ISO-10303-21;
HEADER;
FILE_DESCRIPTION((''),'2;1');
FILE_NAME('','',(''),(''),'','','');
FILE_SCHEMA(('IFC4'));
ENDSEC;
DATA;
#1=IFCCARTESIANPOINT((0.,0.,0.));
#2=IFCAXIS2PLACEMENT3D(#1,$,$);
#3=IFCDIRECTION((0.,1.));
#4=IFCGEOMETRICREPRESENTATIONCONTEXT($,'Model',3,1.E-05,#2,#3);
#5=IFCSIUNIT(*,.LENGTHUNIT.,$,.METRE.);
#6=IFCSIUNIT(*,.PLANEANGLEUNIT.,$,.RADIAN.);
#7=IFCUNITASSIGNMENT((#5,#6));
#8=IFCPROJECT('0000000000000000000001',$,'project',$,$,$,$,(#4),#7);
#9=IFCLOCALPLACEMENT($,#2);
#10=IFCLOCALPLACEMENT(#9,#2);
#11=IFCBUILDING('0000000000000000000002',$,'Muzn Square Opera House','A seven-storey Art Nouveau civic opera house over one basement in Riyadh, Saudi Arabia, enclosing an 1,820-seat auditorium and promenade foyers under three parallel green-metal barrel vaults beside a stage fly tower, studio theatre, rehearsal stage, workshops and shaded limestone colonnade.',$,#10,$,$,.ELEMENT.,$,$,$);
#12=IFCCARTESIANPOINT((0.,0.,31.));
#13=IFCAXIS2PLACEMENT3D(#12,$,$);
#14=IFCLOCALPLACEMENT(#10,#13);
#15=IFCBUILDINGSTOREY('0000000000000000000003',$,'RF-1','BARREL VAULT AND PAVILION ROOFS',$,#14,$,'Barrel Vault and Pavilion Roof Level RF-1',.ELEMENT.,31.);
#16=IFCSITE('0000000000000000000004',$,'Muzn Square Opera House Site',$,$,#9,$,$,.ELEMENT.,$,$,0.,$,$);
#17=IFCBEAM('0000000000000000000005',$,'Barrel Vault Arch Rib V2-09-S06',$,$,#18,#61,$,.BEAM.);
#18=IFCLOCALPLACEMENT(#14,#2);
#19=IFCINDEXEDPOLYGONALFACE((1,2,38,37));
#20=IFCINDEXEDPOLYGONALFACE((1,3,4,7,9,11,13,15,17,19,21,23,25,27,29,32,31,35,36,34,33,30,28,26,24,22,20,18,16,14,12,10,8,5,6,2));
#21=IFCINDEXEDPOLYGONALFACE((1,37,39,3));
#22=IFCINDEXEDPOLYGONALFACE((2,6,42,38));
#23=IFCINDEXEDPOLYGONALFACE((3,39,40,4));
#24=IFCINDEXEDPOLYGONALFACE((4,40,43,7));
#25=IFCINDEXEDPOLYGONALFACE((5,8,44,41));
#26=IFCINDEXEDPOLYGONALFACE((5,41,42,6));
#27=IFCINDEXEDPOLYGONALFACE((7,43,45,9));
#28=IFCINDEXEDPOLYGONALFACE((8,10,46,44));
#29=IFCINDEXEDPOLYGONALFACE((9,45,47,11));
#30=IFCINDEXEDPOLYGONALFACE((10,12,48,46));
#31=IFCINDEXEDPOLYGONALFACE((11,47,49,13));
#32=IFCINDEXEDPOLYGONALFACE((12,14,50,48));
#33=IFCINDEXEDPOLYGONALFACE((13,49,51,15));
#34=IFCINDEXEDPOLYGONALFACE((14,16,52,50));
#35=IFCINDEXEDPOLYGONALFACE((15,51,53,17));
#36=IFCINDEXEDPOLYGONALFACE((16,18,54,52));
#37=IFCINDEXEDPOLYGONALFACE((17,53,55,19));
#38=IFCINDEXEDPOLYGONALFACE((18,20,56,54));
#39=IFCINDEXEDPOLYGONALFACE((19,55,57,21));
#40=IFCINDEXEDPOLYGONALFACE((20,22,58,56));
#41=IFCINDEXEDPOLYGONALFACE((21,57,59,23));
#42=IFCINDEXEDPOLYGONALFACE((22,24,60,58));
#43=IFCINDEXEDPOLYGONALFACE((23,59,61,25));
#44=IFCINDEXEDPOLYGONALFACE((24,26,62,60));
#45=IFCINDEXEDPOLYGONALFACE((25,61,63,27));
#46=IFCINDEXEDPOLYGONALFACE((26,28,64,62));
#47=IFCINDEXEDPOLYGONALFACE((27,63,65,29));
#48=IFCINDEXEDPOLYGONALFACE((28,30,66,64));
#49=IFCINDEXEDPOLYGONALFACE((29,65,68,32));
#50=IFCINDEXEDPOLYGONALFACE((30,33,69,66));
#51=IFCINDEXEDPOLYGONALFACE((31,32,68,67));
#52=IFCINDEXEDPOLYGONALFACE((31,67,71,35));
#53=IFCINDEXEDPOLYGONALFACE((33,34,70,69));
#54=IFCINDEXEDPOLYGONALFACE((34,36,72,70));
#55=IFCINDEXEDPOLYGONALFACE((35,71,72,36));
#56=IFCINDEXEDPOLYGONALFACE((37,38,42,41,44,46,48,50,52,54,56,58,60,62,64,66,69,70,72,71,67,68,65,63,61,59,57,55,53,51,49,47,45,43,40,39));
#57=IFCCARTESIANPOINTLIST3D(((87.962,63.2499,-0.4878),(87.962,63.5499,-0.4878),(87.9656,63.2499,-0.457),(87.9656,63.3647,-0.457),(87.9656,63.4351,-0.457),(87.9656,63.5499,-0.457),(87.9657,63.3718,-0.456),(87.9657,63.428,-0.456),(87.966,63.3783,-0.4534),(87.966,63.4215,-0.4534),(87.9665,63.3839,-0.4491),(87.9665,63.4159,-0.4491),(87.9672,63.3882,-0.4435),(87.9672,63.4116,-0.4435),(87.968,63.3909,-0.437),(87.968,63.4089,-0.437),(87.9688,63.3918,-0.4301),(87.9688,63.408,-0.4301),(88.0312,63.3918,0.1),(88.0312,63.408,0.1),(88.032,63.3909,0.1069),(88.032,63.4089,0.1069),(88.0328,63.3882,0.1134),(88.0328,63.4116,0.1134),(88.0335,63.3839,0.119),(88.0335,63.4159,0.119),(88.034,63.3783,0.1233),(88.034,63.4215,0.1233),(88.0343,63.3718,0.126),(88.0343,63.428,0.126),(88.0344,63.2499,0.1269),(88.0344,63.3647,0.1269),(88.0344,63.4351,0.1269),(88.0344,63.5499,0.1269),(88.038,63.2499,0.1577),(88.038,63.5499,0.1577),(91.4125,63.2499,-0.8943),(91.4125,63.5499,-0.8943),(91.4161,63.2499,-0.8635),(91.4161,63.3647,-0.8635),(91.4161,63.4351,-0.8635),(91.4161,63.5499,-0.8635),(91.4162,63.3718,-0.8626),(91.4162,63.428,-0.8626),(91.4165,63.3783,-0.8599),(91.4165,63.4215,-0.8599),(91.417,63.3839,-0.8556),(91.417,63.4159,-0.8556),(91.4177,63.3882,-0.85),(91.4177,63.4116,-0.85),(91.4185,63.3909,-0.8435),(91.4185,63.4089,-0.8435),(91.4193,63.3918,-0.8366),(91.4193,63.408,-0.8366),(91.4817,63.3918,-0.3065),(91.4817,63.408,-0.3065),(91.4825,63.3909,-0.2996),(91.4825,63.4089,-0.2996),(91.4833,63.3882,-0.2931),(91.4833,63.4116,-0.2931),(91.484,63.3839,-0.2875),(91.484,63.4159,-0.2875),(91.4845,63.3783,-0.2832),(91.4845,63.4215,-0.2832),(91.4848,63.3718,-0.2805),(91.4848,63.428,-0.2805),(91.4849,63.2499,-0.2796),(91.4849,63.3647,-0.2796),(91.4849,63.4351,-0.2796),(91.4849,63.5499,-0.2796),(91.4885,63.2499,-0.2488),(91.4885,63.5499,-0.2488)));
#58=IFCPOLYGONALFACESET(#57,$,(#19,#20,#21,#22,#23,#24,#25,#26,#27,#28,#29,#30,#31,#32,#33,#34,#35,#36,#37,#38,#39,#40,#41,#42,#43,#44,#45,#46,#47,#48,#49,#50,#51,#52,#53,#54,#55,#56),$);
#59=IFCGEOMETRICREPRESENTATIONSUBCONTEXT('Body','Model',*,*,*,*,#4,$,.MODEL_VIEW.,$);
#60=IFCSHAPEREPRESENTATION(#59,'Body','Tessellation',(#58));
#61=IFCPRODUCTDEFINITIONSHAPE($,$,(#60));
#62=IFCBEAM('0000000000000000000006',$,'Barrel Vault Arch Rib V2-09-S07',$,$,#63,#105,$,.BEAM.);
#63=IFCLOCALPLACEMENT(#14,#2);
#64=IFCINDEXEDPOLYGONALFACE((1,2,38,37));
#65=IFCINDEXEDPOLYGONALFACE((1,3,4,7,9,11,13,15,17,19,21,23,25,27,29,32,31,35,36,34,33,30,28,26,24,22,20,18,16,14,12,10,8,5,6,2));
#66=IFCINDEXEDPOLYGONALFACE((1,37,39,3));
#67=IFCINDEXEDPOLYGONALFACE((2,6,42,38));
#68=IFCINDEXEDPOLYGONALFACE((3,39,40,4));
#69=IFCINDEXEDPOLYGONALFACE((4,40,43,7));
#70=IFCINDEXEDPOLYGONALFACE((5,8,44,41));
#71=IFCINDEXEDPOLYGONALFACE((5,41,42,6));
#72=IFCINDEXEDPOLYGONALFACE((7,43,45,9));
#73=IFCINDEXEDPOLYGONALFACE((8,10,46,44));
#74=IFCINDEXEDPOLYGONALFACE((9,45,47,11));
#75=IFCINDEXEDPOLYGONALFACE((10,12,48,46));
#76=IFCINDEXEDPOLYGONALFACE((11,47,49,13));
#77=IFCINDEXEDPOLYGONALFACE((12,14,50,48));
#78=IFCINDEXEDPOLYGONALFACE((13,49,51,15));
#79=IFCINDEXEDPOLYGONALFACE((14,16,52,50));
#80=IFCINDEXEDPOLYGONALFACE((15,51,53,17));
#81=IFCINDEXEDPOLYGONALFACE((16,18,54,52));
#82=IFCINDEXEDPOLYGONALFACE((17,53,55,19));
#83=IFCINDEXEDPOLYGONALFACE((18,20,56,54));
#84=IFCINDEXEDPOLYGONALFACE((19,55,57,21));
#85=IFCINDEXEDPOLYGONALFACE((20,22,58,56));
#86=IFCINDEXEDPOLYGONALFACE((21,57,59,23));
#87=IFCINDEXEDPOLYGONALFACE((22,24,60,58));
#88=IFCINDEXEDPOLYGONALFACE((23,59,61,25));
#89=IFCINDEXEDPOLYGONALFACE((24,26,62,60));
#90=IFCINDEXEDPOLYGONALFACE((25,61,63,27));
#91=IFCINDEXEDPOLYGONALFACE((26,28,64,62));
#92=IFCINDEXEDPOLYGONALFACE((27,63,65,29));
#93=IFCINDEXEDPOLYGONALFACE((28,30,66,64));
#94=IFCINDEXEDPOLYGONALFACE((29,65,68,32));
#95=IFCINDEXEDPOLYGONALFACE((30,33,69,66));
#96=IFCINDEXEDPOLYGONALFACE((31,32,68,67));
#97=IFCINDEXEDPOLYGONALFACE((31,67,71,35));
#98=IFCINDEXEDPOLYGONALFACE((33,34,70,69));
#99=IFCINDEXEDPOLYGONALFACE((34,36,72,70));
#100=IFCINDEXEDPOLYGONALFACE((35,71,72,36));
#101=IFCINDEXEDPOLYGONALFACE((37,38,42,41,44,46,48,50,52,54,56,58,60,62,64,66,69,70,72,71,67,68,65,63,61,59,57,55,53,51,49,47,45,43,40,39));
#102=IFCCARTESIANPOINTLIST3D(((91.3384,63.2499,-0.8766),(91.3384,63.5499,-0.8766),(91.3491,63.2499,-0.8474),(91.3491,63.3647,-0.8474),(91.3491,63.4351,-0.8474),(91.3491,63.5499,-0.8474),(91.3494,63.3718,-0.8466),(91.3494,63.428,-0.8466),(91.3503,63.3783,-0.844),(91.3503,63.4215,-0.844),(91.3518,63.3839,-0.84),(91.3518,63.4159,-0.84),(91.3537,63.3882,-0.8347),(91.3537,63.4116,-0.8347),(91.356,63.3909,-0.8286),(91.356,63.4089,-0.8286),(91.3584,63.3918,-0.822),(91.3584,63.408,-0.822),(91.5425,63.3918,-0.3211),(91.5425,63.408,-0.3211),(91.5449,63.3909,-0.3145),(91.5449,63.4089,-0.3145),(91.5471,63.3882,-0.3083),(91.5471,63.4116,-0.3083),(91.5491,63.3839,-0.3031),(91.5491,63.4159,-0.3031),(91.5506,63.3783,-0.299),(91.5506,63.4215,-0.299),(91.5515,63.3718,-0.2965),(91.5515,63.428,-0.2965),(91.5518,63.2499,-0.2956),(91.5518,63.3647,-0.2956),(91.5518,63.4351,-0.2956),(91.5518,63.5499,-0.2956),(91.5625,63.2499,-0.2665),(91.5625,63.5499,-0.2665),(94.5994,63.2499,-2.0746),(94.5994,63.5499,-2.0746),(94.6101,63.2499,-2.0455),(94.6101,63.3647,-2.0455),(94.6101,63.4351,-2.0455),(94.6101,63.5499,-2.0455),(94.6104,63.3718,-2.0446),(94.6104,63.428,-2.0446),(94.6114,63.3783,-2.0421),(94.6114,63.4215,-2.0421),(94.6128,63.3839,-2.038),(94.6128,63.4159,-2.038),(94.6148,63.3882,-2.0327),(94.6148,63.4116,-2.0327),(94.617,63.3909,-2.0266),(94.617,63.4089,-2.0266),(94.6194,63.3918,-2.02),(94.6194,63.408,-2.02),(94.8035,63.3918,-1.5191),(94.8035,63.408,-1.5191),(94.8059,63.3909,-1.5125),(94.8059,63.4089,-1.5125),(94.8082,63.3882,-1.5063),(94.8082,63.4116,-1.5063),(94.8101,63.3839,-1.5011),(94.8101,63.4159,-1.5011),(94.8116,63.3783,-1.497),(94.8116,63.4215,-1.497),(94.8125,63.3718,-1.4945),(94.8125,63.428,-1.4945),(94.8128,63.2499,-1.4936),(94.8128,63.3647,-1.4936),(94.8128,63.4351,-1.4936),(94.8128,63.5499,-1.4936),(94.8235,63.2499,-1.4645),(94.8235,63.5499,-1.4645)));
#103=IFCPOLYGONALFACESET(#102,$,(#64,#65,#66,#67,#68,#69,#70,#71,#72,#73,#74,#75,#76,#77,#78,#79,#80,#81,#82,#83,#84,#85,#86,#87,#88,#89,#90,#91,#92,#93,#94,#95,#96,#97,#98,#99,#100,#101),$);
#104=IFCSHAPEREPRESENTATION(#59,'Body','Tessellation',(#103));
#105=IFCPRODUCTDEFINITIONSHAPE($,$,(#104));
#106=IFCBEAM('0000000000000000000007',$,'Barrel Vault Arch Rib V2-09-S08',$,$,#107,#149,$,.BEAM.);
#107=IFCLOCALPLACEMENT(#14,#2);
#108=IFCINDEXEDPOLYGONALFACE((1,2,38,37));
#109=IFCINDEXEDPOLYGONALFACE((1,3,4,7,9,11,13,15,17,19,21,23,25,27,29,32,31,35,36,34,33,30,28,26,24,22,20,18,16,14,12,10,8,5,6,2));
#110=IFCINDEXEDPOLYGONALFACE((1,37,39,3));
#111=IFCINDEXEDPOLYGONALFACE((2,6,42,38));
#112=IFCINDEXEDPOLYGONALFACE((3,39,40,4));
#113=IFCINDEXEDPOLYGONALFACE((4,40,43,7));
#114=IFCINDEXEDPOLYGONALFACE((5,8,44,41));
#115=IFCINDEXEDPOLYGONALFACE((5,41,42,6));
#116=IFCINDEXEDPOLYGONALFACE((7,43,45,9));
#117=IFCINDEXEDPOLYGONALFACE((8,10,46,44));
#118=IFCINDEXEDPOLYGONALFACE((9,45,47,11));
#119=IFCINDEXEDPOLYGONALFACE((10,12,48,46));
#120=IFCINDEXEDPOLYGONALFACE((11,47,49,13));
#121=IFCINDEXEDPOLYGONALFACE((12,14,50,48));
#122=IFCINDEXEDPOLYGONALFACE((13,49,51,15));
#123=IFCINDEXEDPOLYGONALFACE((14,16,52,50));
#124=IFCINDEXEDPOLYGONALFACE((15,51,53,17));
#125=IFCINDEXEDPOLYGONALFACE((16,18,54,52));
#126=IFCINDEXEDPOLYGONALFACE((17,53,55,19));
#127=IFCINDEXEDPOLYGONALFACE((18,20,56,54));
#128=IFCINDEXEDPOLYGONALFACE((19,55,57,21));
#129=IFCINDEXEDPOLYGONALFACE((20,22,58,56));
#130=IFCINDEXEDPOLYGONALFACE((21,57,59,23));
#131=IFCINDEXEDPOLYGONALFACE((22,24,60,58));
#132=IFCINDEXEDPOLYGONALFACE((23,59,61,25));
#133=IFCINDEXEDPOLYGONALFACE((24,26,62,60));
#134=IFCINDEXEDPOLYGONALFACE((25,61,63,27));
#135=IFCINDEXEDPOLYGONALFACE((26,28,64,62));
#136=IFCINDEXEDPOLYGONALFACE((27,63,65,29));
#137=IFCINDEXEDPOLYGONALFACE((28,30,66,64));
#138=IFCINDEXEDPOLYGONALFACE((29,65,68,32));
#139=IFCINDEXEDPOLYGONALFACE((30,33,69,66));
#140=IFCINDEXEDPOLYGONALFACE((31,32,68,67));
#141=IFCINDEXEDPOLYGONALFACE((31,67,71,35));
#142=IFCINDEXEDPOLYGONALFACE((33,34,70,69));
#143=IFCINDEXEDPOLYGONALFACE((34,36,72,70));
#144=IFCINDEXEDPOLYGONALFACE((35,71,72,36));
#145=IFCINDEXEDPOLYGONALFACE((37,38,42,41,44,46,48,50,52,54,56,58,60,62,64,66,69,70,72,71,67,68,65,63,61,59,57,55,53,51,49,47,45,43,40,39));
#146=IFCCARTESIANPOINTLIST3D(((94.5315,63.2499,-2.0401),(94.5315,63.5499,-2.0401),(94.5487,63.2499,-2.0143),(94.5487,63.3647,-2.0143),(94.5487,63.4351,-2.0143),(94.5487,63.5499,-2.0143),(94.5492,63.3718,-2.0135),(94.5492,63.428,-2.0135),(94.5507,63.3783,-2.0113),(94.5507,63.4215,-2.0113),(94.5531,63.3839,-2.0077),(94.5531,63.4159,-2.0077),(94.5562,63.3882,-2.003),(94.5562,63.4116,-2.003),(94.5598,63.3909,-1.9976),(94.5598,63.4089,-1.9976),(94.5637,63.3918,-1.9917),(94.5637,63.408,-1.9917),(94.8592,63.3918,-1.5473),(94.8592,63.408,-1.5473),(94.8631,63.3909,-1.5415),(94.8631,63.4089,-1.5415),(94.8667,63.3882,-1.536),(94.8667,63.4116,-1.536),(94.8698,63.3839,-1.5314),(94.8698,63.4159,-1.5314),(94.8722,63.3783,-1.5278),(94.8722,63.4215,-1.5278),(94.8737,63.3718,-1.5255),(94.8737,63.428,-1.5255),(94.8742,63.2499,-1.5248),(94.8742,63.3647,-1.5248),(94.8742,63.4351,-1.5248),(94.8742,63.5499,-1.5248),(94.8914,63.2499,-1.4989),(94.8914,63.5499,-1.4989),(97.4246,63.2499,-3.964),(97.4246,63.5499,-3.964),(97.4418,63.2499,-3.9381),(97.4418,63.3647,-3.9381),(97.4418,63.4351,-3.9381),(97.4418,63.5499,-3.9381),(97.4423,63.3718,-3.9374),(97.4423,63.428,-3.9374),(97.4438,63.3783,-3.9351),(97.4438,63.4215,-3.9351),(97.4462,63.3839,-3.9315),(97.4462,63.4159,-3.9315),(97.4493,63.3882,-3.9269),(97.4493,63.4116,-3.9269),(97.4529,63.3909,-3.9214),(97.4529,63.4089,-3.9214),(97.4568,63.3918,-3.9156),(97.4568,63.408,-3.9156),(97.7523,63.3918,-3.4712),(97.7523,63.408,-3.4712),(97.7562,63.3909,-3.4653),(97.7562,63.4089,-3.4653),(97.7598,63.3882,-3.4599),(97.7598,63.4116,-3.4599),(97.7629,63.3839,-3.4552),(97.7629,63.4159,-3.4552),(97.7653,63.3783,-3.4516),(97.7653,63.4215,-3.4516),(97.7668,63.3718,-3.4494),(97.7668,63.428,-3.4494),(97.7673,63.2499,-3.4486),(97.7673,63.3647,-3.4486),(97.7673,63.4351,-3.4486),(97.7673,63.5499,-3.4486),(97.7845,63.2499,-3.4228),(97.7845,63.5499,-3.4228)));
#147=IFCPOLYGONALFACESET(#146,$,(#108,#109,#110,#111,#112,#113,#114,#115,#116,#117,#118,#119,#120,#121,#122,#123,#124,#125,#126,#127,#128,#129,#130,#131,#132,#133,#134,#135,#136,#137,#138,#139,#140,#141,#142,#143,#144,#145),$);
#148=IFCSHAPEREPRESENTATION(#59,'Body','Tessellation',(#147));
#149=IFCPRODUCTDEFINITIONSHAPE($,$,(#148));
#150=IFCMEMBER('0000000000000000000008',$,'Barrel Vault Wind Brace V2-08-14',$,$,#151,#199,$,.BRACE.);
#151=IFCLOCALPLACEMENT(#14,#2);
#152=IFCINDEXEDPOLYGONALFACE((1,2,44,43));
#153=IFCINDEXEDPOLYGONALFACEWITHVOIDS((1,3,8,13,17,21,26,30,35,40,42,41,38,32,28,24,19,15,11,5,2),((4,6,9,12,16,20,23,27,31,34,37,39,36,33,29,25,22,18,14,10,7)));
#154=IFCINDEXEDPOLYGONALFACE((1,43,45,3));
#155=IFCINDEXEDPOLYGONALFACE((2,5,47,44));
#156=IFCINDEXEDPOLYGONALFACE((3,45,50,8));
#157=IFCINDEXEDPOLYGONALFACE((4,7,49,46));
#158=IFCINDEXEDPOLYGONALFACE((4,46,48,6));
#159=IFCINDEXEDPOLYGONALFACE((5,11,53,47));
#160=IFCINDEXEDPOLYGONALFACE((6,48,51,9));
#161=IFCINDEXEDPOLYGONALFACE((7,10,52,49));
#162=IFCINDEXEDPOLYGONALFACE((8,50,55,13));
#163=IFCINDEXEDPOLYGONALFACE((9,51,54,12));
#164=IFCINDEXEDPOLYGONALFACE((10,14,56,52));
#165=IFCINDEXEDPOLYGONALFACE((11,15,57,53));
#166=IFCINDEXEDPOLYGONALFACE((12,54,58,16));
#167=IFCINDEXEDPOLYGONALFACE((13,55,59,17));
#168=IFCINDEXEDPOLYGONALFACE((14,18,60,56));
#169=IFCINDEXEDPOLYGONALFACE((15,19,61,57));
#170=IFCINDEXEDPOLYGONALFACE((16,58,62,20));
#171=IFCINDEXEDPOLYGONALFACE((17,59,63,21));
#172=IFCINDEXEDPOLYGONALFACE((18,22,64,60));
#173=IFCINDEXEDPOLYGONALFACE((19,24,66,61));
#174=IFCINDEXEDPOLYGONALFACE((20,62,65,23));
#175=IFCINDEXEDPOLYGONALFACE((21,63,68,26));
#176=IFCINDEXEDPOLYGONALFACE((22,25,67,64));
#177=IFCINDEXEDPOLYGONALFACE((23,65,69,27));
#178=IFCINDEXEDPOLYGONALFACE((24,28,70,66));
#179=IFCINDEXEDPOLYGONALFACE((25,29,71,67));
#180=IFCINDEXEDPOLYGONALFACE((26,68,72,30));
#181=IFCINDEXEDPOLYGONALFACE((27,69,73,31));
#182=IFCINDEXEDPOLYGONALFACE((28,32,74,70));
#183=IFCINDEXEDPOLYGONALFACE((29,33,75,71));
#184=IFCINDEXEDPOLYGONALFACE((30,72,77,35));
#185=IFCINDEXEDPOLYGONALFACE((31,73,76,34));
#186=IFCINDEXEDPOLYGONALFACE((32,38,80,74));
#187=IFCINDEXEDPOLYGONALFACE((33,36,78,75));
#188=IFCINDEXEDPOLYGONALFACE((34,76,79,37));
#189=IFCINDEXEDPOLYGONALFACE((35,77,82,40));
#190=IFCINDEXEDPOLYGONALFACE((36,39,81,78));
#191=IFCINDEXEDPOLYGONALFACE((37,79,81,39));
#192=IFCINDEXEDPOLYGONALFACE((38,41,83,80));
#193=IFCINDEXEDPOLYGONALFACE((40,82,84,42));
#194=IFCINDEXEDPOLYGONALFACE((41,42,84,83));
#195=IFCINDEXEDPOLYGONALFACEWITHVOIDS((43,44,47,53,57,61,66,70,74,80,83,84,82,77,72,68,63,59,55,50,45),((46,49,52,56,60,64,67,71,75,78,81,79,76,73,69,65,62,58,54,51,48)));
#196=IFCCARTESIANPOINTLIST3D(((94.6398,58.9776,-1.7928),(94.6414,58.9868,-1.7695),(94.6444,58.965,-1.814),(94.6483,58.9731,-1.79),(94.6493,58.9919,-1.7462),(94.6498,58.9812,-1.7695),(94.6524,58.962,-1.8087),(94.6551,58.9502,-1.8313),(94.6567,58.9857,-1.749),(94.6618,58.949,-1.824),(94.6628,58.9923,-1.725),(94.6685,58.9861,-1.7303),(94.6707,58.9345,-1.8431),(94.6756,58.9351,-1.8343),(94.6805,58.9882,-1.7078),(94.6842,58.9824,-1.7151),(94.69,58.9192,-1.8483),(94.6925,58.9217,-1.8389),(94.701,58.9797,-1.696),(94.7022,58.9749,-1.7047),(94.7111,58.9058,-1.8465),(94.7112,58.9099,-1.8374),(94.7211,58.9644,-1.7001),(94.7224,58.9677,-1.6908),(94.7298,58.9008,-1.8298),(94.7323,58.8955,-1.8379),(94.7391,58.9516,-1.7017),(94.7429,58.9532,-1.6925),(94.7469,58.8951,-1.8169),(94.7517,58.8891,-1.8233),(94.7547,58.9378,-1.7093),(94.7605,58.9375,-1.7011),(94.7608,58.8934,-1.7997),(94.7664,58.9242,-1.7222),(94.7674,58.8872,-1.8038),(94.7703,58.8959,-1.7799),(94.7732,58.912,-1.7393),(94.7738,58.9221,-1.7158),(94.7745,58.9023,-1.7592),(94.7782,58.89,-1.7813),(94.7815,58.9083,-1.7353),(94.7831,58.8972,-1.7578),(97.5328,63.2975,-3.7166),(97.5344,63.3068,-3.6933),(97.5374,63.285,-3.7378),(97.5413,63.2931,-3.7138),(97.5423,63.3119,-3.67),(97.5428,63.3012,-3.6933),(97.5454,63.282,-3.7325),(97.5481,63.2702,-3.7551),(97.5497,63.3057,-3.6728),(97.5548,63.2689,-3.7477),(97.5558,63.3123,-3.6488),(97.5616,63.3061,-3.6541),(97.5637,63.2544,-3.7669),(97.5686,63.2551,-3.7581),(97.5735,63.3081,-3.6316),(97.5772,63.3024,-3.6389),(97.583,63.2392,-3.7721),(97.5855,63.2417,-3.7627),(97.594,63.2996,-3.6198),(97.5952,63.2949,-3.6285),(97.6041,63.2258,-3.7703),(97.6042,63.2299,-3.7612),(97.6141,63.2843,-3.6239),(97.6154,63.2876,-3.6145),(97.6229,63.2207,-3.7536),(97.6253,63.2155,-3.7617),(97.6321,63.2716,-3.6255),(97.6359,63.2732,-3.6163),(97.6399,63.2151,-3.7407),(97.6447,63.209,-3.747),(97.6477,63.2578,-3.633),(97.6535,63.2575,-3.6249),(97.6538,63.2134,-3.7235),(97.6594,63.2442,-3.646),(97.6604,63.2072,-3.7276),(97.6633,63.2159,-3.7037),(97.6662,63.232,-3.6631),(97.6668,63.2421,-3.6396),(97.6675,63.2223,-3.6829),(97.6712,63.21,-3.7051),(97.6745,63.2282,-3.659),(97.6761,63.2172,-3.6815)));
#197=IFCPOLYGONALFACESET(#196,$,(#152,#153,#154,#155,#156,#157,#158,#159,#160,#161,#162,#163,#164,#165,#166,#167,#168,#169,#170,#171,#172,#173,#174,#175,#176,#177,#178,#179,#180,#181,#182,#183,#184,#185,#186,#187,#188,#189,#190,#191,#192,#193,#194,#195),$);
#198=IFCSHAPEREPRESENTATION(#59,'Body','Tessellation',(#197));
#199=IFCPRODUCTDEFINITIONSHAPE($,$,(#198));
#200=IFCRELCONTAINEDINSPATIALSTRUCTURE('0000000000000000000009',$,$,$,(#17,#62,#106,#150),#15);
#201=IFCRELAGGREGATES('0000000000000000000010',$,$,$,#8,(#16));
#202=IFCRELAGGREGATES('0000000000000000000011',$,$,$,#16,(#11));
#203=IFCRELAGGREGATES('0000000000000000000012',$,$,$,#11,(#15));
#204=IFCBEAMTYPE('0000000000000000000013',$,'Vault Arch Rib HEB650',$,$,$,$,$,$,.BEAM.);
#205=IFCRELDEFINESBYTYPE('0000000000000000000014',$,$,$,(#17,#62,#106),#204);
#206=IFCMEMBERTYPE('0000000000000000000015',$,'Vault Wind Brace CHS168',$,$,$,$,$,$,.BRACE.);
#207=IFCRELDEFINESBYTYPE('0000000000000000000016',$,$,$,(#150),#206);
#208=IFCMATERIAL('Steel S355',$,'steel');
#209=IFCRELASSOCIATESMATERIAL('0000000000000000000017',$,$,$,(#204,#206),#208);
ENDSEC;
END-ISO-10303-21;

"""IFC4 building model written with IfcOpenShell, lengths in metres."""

from ifc_helpers import new_model, si_unit, direction, frame, origin, origin_2d, place, context, subcontext, project, spatial, hollow_circle, i_section, extrude, material, material_profile, profile_set, type_object, element, save


model = new_model("IFC4")

# Units and contexts
model_context = context("Model", 3, precision=1e-05, world=origin(), true_north=direction((0.0, 1.0)))
body_context = subcontext(model_context, "Body", "Model", "MODEL_VIEW")
ifc_project = project(units=[si_unit("LENGTHUNIT", "METRE"), si_unit("PLANEANGLEUNIT", "RADIAN")], contexts=[model_context])

# Site, building, storey
site_placement = place(None, origin())
site = spatial("IfcSite", under=ifc_project, at=site_placement, Name="Muzn Square Opera House Site", CompositionType="ELEMENT", RefElevation=0.0)
building_placement = place(site_placement, origin())
building = spatial("IfcBuilding", under=site, at=building_placement, Name="Muzn Square Opera House", Description="A seven-storey Art Nouveau civic opera house over one basement in Riyadh, Saudi Arabia, enclosing an 1,820-seat auditorium and promenade foyers under three parallel green-metal barrel vaults beside a stage fly tower, studio theatre, rehearsal stage, workshops and shaded limestone colonnade.", CompositionType="ELEMENT")
storey_placement = place(building_placement, frame((0.0, 0.0, 31.0)))
storey = spatial("IfcBuildingStorey", under=building, at=storey_placement, Name="RF-1", Description="BARREL VAULT AND PAVILION ROOFS", LongName="Barrel Vault and Pavilion Roof Level RF-1", CompositionType="ELEMENT", Elevation=31.0)

# Beams
ifc_material_1 = material(Name="Steel S355", Category="steel")
ifc_material_profile_1 = material_profile(ifc_material_1, i_section(OverallWidth=0.3, OverallDepth=0.6499, WebThickness=0.0161, FlangeThickness=0.031, FilletRadius=0.0271, at=origin_2d()), Name="HEB 650", Category="steel")
ifc_profile_set_1 = profile_set([ifc_material_profile_1], Name="Steel S355")
beam_type_1 = type_object("IfcBeamType", Name="Vault Arch Rib HEB650", PredefinedType="BEAM", material=ifc_profile_set_1)
for number, where, z_axis, x_axis, name in (
    (1, (88.0, 63.3999, -0.165), (0.993132, 0.0, -0.117), (0.0, 1.0, 0.0), "Barrel Vault Arch Rib V2-09-S06"),
):
    element("IfcBeam", number, at=place(storey_placement, frame(where, z_axis=z_axis, x_axis=x_axis)), inside=storey, type_object=beam_type_1, Name=name, PredefinedType="BEAM", context=body_context, shape_type="SweptSolid", body=[
        extrude(i_section(OverallWidth=0.3, OverallDepth=0.6499, WebThickness=0.0161, FlangeThickness=0.031, FilletRadius=0.0271, at=origin_2d()), origin(), (0.0, 0.0, 1.0), 3.4744),
    ])
beam_1_placement = place(storey_placement, frame((91.4504, 63.3999, -0.5715), z_axis=(0.938662, 0.0, -0.344839), x_axis=(0.0, 1.0, 0.0)))
element("IfcBeam", 2, at=beam_1_placement, inside=storey, type_object=beam_type_1, Name="Barrel Vault Arch Rib V2-09-S07", PredefinedType="BEAM", context=body_context, shape_type="SweptSolid", body=[
    extrude(i_section(OverallWidth=0.3, OverallDepth=0.6499, WebThickness=0.0161, FlangeThickness=0.031, FilletRadius=0.0271, at=origin_2d()), origin(), (0.0, 0.0, 1.0), 3.4741),
])
beam_2_placement = place(storey_placement, frame((94.7114, 63.3999, -1.7695), z_axis=(0.832698, 0.0, -0.553727), x_axis=(0.0, 1.0, 0.0)))
element("IfcBeam", 3, at=beam_2_placement, inside=storey, type_object=beam_type_1, Name="Barrel Vault Arch Rib V2-09-S08", PredefinedType="BEAM", context=body_context, shape_type="SweptSolid", body=[
    extrude(i_section(OverallWidth=0.3, OverallDepth=0.6499, WebThickness=0.0161, FlangeThickness=0.031, FilletRadius=0.0271, at=origin_2d()), origin(), (0.0, 0.0, 1.0), 3.4744),
])

# Member
ifc_material_profile_2 = material_profile(ifc_material_1, hollow_circle(Radius=0.0842, WallThickness=0.01, at=origin_2d()), Name="CHS 168.3x10", Category="steel")
ifc_profile_set_2 = profile_set([ifc_material_profile_2], Name="Steel S355")
member_type = type_object("IfcMemberType", Name="Vault Wind Brace CHS168", PredefinedType="BRACE", material=ifc_profile_set_2)
member_placement = place(storey_placement, frame((94.7114, 58.9399, -1.7695), z_axis=(0.521854, 0.779258, -0.347022), x_axis=(-0.830893, 0.556433, 0.0)))
element("IfcMember", 4, at=member_placement, inside=storey, type_object=member_type, Name="Barrel Vault Wind Brace V2-08-14", PredefinedType="BRACE", context=body_context, shape_type="SweptSolid", body=[
    extrude(hollow_circle(Radius=0.0842, WallThickness=0.01, at=origin_2d()), origin(), (0.0, 0.0, 1.0), 5.5437),
])

save(model, "model.ifc")
